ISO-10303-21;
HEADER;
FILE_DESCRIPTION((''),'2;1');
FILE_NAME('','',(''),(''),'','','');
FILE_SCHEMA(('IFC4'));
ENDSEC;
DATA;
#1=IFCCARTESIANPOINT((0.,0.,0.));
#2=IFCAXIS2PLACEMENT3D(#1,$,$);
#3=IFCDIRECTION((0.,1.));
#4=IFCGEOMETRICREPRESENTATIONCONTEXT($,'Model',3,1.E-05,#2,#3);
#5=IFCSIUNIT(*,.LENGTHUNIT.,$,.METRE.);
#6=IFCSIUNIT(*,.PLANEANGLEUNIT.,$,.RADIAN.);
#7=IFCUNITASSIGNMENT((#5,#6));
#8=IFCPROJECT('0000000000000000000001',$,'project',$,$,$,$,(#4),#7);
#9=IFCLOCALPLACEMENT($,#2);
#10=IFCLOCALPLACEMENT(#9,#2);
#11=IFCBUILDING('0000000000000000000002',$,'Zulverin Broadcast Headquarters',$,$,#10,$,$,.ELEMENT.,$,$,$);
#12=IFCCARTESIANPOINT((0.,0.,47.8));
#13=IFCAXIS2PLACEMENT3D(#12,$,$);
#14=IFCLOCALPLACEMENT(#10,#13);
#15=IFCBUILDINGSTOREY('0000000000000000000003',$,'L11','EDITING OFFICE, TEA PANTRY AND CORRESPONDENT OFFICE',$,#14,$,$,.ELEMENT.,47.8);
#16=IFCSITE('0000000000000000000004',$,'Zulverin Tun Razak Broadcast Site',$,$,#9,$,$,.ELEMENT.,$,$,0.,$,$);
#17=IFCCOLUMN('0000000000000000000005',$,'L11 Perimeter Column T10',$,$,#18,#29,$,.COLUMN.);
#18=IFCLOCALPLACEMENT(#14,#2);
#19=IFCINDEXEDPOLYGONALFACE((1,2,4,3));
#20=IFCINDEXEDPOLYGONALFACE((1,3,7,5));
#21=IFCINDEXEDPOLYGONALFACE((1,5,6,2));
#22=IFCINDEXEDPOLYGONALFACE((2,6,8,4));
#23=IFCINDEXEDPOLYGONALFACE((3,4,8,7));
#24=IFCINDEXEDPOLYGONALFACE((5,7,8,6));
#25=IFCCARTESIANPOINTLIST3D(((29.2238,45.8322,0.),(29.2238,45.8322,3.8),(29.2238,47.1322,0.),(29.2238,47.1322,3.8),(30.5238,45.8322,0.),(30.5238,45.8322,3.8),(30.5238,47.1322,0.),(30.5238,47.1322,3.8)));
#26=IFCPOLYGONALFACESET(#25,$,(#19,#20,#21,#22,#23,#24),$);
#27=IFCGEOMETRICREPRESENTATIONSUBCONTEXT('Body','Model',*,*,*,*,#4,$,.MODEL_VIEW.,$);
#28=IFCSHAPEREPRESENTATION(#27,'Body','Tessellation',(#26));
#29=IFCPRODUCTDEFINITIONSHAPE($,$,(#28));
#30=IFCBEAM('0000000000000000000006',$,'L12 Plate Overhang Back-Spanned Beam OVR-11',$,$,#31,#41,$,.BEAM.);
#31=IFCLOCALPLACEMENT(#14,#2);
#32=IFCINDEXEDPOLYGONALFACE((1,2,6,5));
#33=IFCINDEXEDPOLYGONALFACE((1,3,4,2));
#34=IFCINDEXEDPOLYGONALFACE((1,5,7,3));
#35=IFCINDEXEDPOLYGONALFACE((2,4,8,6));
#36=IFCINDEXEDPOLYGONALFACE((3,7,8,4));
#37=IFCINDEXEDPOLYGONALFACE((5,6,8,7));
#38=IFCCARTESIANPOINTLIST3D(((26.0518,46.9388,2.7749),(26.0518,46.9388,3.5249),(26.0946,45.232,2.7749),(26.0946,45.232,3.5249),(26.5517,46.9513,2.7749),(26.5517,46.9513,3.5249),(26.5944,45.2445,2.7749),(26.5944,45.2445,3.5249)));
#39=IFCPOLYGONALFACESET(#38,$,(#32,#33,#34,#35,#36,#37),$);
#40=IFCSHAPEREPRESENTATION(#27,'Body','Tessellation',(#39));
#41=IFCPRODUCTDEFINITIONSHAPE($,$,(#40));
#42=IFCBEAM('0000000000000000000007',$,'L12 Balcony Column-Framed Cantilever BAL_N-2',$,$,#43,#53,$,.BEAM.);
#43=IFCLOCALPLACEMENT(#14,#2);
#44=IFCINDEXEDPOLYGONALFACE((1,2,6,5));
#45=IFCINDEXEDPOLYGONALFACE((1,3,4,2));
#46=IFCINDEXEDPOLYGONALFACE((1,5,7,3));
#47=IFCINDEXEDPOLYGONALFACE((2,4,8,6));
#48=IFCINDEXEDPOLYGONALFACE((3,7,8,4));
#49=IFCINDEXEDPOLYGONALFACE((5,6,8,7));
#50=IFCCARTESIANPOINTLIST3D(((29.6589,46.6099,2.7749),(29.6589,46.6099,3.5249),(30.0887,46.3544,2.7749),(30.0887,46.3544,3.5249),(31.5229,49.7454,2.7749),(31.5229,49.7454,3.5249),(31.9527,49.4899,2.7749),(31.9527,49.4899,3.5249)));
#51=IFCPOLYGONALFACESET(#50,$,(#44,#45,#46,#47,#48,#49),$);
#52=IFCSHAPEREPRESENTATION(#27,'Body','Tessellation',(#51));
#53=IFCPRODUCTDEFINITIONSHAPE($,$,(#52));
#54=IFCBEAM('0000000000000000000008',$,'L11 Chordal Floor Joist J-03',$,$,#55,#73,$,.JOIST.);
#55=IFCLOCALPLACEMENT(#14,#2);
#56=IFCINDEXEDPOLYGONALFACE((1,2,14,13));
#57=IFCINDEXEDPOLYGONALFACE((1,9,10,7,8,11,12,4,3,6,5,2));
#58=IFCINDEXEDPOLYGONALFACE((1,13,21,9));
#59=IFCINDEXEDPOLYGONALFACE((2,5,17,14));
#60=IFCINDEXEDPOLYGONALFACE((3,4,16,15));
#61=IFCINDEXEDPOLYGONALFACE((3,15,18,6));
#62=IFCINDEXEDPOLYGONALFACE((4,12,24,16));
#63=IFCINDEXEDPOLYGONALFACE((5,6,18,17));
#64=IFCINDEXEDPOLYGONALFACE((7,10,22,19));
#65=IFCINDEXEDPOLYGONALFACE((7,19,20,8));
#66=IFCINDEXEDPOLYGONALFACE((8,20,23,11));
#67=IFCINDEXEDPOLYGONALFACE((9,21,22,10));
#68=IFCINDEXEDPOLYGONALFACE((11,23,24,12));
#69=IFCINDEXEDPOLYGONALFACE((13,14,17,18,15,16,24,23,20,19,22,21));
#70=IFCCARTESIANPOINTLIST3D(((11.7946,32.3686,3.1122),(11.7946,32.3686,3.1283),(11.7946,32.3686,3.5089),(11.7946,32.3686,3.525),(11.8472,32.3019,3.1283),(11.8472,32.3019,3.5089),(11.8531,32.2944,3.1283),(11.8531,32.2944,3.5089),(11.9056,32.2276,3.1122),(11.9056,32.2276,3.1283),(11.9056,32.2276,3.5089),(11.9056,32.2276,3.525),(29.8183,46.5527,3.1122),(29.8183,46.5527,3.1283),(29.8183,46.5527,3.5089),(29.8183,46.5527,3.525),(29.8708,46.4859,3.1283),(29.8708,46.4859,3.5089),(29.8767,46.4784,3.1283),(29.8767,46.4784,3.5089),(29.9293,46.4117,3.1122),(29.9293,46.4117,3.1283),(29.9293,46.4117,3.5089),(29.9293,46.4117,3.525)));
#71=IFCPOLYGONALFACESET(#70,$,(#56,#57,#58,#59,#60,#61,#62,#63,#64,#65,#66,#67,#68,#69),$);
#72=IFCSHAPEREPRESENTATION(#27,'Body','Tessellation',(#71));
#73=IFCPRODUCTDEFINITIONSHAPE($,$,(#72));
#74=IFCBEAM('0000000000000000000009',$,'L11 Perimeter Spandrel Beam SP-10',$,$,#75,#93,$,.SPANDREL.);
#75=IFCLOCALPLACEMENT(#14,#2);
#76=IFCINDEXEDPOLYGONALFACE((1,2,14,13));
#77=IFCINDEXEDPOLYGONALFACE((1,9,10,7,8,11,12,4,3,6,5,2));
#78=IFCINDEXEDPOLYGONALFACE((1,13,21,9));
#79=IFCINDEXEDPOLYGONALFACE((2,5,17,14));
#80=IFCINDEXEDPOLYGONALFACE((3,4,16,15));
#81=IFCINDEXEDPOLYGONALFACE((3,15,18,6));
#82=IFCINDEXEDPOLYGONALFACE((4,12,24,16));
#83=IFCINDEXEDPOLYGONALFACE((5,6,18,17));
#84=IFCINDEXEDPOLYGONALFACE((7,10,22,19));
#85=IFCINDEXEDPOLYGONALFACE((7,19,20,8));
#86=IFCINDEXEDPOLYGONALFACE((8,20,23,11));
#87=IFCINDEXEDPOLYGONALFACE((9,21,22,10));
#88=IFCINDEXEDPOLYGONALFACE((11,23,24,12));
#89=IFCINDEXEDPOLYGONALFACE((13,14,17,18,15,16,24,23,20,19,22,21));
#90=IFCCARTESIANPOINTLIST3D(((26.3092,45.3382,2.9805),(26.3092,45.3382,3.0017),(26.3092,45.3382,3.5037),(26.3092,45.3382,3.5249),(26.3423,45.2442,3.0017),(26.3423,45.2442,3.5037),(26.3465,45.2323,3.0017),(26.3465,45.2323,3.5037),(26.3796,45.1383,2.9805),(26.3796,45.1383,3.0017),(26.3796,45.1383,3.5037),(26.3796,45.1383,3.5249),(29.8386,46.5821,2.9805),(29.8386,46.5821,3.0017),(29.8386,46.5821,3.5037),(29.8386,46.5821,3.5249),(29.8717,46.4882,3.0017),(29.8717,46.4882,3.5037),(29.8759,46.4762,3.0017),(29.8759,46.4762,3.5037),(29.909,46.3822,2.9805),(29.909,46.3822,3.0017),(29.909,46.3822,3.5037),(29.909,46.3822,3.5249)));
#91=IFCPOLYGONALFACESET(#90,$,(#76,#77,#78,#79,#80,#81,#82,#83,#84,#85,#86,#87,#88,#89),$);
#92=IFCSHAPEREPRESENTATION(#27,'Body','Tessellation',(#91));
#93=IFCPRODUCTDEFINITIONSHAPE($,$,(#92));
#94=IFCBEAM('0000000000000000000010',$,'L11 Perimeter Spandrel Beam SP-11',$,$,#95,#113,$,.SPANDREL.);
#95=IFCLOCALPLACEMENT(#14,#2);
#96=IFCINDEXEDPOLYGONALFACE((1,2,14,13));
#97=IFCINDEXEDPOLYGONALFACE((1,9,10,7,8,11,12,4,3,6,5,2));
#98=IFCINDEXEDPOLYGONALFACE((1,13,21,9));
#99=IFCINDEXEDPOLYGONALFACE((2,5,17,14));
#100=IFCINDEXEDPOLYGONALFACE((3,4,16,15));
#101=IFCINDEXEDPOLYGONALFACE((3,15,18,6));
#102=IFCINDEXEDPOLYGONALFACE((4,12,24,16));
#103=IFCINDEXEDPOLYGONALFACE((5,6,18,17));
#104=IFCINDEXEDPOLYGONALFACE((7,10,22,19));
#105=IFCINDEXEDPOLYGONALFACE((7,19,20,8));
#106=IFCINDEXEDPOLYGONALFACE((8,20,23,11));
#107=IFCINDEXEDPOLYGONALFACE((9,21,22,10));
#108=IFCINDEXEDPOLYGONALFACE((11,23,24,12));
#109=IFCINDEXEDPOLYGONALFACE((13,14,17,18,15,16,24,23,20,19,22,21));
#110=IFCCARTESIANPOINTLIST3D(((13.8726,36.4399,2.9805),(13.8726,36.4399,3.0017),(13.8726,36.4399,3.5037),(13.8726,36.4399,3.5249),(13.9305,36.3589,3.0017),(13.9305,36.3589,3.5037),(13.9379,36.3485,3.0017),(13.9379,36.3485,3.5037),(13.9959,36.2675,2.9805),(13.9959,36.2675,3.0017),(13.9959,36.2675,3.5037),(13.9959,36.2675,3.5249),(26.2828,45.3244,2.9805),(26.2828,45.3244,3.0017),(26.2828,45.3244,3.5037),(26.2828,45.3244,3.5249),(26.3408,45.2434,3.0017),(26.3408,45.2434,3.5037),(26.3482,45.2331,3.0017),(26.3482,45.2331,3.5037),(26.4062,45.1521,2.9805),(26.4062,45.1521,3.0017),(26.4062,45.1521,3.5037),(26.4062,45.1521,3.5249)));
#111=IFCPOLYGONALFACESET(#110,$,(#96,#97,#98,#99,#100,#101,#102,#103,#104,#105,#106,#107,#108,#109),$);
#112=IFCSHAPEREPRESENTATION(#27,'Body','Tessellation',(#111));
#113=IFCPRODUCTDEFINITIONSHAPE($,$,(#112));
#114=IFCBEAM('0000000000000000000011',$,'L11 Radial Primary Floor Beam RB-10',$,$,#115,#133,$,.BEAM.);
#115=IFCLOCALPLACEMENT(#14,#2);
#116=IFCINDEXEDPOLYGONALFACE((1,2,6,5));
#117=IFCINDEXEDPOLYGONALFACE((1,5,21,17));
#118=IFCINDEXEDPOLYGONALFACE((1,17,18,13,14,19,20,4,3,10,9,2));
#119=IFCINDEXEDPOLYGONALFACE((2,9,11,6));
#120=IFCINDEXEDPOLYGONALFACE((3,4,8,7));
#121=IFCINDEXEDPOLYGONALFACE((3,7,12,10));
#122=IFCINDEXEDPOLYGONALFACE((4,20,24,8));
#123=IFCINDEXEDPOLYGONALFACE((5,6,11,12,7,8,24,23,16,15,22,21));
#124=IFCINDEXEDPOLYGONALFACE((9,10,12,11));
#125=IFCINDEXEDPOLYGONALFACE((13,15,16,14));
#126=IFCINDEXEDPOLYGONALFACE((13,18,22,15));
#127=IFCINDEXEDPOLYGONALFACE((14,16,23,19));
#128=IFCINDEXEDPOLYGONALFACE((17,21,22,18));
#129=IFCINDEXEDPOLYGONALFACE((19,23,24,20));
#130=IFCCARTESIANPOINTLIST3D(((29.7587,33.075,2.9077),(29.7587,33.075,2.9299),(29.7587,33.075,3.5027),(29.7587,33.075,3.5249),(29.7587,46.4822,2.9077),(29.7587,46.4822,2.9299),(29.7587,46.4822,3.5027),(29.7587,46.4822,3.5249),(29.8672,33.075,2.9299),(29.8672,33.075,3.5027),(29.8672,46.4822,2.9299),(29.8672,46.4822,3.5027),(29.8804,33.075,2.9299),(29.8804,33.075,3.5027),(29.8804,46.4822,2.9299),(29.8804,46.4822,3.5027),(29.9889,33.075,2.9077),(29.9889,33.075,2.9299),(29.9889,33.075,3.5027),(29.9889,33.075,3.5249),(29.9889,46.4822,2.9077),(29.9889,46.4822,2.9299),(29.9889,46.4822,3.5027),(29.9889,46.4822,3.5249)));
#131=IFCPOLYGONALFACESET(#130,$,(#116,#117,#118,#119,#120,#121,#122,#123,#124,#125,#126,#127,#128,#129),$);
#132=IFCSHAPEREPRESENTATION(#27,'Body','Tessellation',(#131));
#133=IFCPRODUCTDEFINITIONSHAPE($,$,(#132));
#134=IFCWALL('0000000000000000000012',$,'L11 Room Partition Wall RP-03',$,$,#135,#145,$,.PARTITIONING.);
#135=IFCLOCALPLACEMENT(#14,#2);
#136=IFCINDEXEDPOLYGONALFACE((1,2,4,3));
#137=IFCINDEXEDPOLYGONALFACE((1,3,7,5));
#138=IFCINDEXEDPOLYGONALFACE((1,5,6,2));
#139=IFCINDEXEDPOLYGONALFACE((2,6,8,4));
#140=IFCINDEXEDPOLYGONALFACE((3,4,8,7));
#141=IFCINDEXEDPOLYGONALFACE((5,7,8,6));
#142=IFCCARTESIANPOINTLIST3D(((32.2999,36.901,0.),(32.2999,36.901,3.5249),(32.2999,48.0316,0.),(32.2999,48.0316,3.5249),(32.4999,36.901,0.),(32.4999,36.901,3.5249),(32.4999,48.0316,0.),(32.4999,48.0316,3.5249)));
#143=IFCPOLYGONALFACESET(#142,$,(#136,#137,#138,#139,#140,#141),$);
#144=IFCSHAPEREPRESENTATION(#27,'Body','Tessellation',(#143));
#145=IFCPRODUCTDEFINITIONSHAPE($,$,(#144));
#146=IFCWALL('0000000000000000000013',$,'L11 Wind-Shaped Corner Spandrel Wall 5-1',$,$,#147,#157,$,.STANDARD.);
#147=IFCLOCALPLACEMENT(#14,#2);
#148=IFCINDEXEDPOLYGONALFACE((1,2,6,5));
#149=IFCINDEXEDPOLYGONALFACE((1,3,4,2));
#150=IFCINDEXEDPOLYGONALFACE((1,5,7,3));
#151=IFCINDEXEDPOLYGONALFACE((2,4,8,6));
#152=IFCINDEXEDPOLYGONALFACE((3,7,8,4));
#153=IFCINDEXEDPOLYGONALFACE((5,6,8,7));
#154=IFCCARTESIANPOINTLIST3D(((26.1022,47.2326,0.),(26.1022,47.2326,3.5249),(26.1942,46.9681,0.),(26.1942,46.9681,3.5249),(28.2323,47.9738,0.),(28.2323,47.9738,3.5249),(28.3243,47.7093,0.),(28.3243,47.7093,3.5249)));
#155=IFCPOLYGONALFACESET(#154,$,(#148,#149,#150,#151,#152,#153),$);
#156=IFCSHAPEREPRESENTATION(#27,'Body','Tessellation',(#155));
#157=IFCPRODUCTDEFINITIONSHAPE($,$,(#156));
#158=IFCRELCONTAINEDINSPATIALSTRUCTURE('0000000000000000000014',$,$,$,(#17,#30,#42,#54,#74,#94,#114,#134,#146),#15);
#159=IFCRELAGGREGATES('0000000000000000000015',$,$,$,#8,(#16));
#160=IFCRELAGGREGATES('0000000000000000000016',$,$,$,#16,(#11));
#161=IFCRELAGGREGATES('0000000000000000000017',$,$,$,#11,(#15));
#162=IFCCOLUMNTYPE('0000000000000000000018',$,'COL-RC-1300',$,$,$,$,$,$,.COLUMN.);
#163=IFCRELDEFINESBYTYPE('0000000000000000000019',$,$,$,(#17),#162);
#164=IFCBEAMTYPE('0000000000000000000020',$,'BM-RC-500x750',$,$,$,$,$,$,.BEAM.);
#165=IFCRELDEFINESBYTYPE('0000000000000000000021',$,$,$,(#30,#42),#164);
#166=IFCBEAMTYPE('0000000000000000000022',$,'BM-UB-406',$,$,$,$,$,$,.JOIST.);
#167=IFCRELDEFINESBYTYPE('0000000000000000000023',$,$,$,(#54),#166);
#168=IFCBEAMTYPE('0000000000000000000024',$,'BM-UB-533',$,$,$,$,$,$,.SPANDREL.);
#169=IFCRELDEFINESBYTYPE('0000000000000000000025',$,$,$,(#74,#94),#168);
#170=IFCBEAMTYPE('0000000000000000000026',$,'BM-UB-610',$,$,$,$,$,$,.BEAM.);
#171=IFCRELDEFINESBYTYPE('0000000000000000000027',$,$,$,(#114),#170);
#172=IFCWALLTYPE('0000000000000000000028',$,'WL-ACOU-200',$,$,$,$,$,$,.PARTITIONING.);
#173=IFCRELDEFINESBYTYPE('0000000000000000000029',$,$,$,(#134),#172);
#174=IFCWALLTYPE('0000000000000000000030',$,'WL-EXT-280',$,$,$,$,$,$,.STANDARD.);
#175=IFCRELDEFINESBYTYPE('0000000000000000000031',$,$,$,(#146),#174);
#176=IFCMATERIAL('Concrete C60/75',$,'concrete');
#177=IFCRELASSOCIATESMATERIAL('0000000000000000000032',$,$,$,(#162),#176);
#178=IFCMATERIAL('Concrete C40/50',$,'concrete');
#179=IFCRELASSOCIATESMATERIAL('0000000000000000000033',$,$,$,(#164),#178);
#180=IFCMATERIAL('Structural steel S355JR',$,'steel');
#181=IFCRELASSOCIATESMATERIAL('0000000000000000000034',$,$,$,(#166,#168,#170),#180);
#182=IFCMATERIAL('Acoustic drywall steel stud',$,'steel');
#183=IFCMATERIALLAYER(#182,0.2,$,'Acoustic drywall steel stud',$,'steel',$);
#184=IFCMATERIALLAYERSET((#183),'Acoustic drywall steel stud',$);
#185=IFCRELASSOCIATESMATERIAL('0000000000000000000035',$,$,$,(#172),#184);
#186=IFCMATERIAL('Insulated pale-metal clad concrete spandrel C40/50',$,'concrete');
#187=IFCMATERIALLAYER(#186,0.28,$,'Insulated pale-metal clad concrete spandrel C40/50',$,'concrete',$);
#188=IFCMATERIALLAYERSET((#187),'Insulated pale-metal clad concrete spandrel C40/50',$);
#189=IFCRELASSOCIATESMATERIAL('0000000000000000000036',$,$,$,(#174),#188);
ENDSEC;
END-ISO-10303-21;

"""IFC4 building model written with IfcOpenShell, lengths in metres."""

from ifc_helpers import new_model, si_unit, direction, frame, frame_2d, origin, origin_2d, place, context, subcontext, project, spatial, rectangle, i_section, extrude, material, layer, layer_set, material_profile, profile_set, type_object, element, save


model = new_model("IFC4")

# Units and contexts
model_context = context("Model", 3, precision=1e-05, world=origin(), true_north=direction((0.0, 1.0)))
body_context = subcontext(model_context, "Body", "Model", "MODEL_VIEW")
ifc_project = project(units=[si_unit("LENGTHUNIT", "METRE"), si_unit("PLANEANGLEUNIT", "RADIAN")], contexts=[model_context])

# Site, building, storey
site_placement = place(None, origin())
site = spatial("IfcSite", under=ifc_project, at=site_placement, Name="Zulverin Tun Razak Broadcast Site", CompositionType="ELEMENT", RefElevation=0.0)
building_placement = place(site_placement, origin())
building = spatial("IfcBuilding", under=site, at=building_placement, Name="Zulverin Broadcast Headquarters", CompositionType="ELEMENT")
storey_placement = place(building_placement, frame((0.0, 0.0, 47.8)))
storey = spatial("IfcBuildingStorey", under=building, at=storey_placement, Name="L11", Description="EDITING OFFICE, TEA PANTRY AND CORRESPONDENT OFFICE", CompositionType="ELEMENT", Elevation=47.8)

# Column
ifc_material_1 = material(Name="Concrete C60/75", Category="concrete")
ifc_material_profile_1 = material_profile(ifc_material_1, rectangle(XDim=1.3, YDim=1.3, at=origin_2d()), Name="Concrete C60/75", Category="concrete")
ifc_profile_set_1 = profile_set([ifc_material_profile_1], Name="Concrete C60/75")
column_type = type_object("IfcColumnType", Name="COL-RC-1300", PredefinedType="COLUMN", material=ifc_profile_set_1)
column_placement = place(storey_placement, frame((29.8738, 46.4822, 0.0), z_axis=(0.0, 0.0, 1.0), x_axis=(1.0, 0.0, 0.0)))
element("IfcColumn", 1, at=column_placement, inside=storey, type_object=column_type, Name="L11 Perimeter Column T10", PredefinedType="COLUMN", context=body_context, shape_type="SweptSolid", body=[
    extrude(rectangle(XDim=1.3, YDim=1.3, at=origin_2d()), origin(), (0.0, 0.0, 1.0), 3.8),
])

# Beams
ifc_material_2 = material(Name="Concrete C40/50", Category="concrete")
ifc_material_profile_2 = material_profile(ifc_material_2, rectangle(XDim=0.5, YDim=0.75, at=origin_2d()), Name="Concrete C40/50", Category="concrete")
ifc_profile_set_2 = profile_set([ifc_material_profile_2], Name="Concrete C40/50")
beam_type_1 = type_object("IfcBeamType", Name="BM-RC-500x750", PredefinedType="BEAM", material=ifc_profile_set_2)
beam_1_placement = place(storey_placement, frame((26.3445, 45.2383, 3.1499), z_axis=(-0.025024, 0.999687, 0.0), x_axis=(-0.999687, -0.025024, 0.0)))
element("IfcBeam", 2, at=beam_1_placement, inside=storey, type_object=beam_type_1, Name="L12 Plate Overhang Back-Spanned Beam OVR-11", PredefinedType="BEAM", context=body_context, shape_type="SweptSolid", body=[
    extrude(rectangle(XDim=0.5, YDim=0.75, at=origin_2d()), origin(), (0.0, 0.0, 1.0), 1.7073),
])
beam_2_placement = place(storey_placement, frame((29.8738, 46.4822, 3.1499), z_axis=(0.511007, 0.859576, 0.0), x_axis=(-0.859576, 0.511007, 0.0)))
element("IfcBeam", 3, at=beam_2_placement, inside=storey, type_object=beam_type_1, Name="L12 Balcony Column-Framed Cantilever BAL_N-2", PredefinedType="BEAM", context=body_context, shape_type="SweptSolid", body=[
    extrude(rectangle(XDim=0.5, YDim=0.75, at=origin_2d()), origin(), (0.0, 0.0, 1.0), 3.6477),
])
ifc_material_3 = material(Name="Structural steel S355JR", Category="steel")
ifc_material_profile_3 = material_profile(ifc_material_3, i_section(OverallWidth=0.1794, OverallDepth=0.4128, WebThickness=0.0095, FlangeThickness=0.0161, at=origin_2d()), Name="Structural steel S355JR", Category="steel")
ifc_profile_set_3 = profile_set([ifc_material_profile_3], Name="Structural steel S355JR")
beam_type_2 = type_object("IfcBeamType", Name="BM-UB-406", PredefinedType="JOIST", material=ifc_profile_set_3)
beam_3_placement = place(storey_placement, frame((29.8738, 46.4822, 3.3186), z_axis=(-0.785839, -0.618431, 0.0), x_axis=(0.618431, -0.785839, 0.0)))
element("IfcBeam", 4, at=beam_3_placement, inside=storey, type_object=beam_type_2, Name="L11 Chordal Floor Joist J-03", PredefinedType="JOIST", context=body_context, shape_type="SweptSolid", body=[
    extrude(i_section(OverallWidth=0.1794, OverallDepth=0.4128, WebThickness=0.0095, FlangeThickness=0.0161, at=origin_2d()), origin(), (0.0, 0.0, 1.0), 22.9355),
])
ifc_material_profile_4 = material_profile(ifc_material_3, i_section(OverallWidth=0.2119, OverallDepth=0.5444, WebThickness=0.0127, FlangeThickness=0.0212, at=origin_2d()), Name="Structural steel S355JR", Category="steel")
ifc_profile_set_4 = profile_set([ifc_material_profile_4], Name="Structural steel S355JR")
beam_type_3 = type_object("IfcBeamType", Name="BM-UB-533", PredefinedType="SPANDREL", material=ifc_profile_set_4)
beam_4_placement = place(storey_placement, frame((29.8738, 46.4822, 3.2527), z_axis=(-0.943136, -0.332407, 0.0), x_axis=(0.332407, -0.943136, 0.0)))
element("IfcBeam", 5, at=beam_4_placement, inside=storey, type_object=beam_type_3, Name="L11 Perimeter Spandrel Beam SP-10", PredefinedType="SPANDREL", context=body_context, shape_type="SweptSolid", body=[
    extrude(i_section(OverallWidth=0.2119, OverallDepth=0.5444, WebThickness=0.0127, FlangeThickness=0.0212, at=origin_2d()), origin(), (0.0, 0.0, 1.0), 3.7422),
])
beam_5_placement = place(storey_placement, frame((26.3445, 45.2383, 3.2527), z_axis=(-0.813109, -0.582111, 0.0), x_axis=(0.582111, -0.813109, 0.0)))
element("IfcBeam", 6, at=beam_5_placement, inside=storey, type_object=beam_type_3, Name="L11 Perimeter Spandrel Beam SP-11", PredefinedType="SPANDREL", context=body_context, shape_type="SweptSolid", body=[
    extrude(i_section(OverallWidth=0.2119, OverallDepth=0.5444, WebThickness=0.0127, FlangeThickness=0.0212, at=origin_2d()), origin(), (0.0, 0.0, 1.0), 15.2627),
])
ifc_material_profile_5 = material_profile(ifc_material_3, i_section(OverallWidth=0.2302, OverallDepth=0.6172, WebThickness=0.0132, FlangeThickness=0.0222, at=origin_2d()), Name="Structural steel S355JR", Category="steel")
ifc_profile_set_5 = profile_set([ifc_material_profile_5], Name="Structural steel S355JR")
beam_type_4 = type_object("IfcBeamType", Name="BM-UB-610", PredefinedType="BEAM", material=ifc_profile_set_5)
beam_6_placement = place(storey_placement, frame((29.8738, 33.075, 3.2163), z_axis=(0.0, 1.0, 0.0), x_axis=(-1.0, 0.0, 0.0)))
element("IfcBeam", 7, at=beam_6_placement, inside=storey, type_object=beam_type_4, Name="L11 Radial Primary Floor Beam RB-10", PredefinedType="BEAM", context=body_context, shape_type="SweptSolid", body=[
    extrude(i_section(OverallWidth=0.2302, OverallDepth=0.6172, WebThickness=0.0132, FlangeThickness=0.0222, at=origin_2d()), origin(), (0.0, 0.0, 1.0), 13.4072),
])

# Walls
ifc_material_4 = material(Name="Acoustic drywall steel stud", Category="steel")
ifc_layer_1 = layer(ifc_material_4, 0.2, Name="Acoustic drywall steel stud", Category="steel")
ifc_layer_set_1 = layer_set([ifc_layer_1], Name="Acoustic drywall steel stud")
wall_type_1 = type_object("IfcWallType", Name="WL-ACOU-200", PredefinedType="PARTITIONING", material=ifc_layer_set_1)
wall_1_placement = place(storey_placement, frame((32.3999, 36.9009, 0.0), z_axis=(0.0, 0.0, 1.0), x_axis=(0.0, 1.0, 0.0)))
element("IfcWall", 8, at=wall_1_placement, inside=storey, type_object=wall_type_1, Name="L11 Room Partition Wall RP-03", PredefinedType="PARTITIONING", context=body_context, shape_type="SweptSolid", body=[
    extrude(rectangle(XDim=11.1306, YDim=0.2, at=frame_2d((5.5654, 0.0))), origin(), (0.0, 0.0, 1.0), 3.5249),
])
ifc_material_5 = material(Name="Insulated pale-metal clad concrete spandrel C40/50", Category="concrete")
ifc_layer_2 = layer(ifc_material_5, 0.28, Name="Insulated pale-metal clad concrete spandrel C40/50", Category="concrete")
ifc_layer_set_2 = layer_set([ifc_layer_2], Name="Insulated pale-metal clad concrete spandrel C40/50")
wall_type_2 = type_object("IfcWallType", Name="WL-EXT-280", PredefinedType="STANDARD", material=ifc_layer_set_2)
wall_2_placement = place(storey_placement, frame((28.2783, 47.8416, 0.0), z_axis=(0.0, 0.0, 1.0), x_axis=(-0.944456, -0.328638, 0.0)))
element("IfcWall", 9, at=wall_2_placement, inside=storey, type_object=wall_type_2, Name="L11 Wind-Shaped Corner Spandrel Wall 5-1", PredefinedType="STANDARD", context=body_context, shape_type="SweptSolid", body=[
    extrude(rectangle(XDim=2.2554, YDim=0.28, at=frame_2d((1.1277, 0.0))), origin(), (0.0, 0.0, 1.0), 3.5249),
])

save(model, "model.ifc")
